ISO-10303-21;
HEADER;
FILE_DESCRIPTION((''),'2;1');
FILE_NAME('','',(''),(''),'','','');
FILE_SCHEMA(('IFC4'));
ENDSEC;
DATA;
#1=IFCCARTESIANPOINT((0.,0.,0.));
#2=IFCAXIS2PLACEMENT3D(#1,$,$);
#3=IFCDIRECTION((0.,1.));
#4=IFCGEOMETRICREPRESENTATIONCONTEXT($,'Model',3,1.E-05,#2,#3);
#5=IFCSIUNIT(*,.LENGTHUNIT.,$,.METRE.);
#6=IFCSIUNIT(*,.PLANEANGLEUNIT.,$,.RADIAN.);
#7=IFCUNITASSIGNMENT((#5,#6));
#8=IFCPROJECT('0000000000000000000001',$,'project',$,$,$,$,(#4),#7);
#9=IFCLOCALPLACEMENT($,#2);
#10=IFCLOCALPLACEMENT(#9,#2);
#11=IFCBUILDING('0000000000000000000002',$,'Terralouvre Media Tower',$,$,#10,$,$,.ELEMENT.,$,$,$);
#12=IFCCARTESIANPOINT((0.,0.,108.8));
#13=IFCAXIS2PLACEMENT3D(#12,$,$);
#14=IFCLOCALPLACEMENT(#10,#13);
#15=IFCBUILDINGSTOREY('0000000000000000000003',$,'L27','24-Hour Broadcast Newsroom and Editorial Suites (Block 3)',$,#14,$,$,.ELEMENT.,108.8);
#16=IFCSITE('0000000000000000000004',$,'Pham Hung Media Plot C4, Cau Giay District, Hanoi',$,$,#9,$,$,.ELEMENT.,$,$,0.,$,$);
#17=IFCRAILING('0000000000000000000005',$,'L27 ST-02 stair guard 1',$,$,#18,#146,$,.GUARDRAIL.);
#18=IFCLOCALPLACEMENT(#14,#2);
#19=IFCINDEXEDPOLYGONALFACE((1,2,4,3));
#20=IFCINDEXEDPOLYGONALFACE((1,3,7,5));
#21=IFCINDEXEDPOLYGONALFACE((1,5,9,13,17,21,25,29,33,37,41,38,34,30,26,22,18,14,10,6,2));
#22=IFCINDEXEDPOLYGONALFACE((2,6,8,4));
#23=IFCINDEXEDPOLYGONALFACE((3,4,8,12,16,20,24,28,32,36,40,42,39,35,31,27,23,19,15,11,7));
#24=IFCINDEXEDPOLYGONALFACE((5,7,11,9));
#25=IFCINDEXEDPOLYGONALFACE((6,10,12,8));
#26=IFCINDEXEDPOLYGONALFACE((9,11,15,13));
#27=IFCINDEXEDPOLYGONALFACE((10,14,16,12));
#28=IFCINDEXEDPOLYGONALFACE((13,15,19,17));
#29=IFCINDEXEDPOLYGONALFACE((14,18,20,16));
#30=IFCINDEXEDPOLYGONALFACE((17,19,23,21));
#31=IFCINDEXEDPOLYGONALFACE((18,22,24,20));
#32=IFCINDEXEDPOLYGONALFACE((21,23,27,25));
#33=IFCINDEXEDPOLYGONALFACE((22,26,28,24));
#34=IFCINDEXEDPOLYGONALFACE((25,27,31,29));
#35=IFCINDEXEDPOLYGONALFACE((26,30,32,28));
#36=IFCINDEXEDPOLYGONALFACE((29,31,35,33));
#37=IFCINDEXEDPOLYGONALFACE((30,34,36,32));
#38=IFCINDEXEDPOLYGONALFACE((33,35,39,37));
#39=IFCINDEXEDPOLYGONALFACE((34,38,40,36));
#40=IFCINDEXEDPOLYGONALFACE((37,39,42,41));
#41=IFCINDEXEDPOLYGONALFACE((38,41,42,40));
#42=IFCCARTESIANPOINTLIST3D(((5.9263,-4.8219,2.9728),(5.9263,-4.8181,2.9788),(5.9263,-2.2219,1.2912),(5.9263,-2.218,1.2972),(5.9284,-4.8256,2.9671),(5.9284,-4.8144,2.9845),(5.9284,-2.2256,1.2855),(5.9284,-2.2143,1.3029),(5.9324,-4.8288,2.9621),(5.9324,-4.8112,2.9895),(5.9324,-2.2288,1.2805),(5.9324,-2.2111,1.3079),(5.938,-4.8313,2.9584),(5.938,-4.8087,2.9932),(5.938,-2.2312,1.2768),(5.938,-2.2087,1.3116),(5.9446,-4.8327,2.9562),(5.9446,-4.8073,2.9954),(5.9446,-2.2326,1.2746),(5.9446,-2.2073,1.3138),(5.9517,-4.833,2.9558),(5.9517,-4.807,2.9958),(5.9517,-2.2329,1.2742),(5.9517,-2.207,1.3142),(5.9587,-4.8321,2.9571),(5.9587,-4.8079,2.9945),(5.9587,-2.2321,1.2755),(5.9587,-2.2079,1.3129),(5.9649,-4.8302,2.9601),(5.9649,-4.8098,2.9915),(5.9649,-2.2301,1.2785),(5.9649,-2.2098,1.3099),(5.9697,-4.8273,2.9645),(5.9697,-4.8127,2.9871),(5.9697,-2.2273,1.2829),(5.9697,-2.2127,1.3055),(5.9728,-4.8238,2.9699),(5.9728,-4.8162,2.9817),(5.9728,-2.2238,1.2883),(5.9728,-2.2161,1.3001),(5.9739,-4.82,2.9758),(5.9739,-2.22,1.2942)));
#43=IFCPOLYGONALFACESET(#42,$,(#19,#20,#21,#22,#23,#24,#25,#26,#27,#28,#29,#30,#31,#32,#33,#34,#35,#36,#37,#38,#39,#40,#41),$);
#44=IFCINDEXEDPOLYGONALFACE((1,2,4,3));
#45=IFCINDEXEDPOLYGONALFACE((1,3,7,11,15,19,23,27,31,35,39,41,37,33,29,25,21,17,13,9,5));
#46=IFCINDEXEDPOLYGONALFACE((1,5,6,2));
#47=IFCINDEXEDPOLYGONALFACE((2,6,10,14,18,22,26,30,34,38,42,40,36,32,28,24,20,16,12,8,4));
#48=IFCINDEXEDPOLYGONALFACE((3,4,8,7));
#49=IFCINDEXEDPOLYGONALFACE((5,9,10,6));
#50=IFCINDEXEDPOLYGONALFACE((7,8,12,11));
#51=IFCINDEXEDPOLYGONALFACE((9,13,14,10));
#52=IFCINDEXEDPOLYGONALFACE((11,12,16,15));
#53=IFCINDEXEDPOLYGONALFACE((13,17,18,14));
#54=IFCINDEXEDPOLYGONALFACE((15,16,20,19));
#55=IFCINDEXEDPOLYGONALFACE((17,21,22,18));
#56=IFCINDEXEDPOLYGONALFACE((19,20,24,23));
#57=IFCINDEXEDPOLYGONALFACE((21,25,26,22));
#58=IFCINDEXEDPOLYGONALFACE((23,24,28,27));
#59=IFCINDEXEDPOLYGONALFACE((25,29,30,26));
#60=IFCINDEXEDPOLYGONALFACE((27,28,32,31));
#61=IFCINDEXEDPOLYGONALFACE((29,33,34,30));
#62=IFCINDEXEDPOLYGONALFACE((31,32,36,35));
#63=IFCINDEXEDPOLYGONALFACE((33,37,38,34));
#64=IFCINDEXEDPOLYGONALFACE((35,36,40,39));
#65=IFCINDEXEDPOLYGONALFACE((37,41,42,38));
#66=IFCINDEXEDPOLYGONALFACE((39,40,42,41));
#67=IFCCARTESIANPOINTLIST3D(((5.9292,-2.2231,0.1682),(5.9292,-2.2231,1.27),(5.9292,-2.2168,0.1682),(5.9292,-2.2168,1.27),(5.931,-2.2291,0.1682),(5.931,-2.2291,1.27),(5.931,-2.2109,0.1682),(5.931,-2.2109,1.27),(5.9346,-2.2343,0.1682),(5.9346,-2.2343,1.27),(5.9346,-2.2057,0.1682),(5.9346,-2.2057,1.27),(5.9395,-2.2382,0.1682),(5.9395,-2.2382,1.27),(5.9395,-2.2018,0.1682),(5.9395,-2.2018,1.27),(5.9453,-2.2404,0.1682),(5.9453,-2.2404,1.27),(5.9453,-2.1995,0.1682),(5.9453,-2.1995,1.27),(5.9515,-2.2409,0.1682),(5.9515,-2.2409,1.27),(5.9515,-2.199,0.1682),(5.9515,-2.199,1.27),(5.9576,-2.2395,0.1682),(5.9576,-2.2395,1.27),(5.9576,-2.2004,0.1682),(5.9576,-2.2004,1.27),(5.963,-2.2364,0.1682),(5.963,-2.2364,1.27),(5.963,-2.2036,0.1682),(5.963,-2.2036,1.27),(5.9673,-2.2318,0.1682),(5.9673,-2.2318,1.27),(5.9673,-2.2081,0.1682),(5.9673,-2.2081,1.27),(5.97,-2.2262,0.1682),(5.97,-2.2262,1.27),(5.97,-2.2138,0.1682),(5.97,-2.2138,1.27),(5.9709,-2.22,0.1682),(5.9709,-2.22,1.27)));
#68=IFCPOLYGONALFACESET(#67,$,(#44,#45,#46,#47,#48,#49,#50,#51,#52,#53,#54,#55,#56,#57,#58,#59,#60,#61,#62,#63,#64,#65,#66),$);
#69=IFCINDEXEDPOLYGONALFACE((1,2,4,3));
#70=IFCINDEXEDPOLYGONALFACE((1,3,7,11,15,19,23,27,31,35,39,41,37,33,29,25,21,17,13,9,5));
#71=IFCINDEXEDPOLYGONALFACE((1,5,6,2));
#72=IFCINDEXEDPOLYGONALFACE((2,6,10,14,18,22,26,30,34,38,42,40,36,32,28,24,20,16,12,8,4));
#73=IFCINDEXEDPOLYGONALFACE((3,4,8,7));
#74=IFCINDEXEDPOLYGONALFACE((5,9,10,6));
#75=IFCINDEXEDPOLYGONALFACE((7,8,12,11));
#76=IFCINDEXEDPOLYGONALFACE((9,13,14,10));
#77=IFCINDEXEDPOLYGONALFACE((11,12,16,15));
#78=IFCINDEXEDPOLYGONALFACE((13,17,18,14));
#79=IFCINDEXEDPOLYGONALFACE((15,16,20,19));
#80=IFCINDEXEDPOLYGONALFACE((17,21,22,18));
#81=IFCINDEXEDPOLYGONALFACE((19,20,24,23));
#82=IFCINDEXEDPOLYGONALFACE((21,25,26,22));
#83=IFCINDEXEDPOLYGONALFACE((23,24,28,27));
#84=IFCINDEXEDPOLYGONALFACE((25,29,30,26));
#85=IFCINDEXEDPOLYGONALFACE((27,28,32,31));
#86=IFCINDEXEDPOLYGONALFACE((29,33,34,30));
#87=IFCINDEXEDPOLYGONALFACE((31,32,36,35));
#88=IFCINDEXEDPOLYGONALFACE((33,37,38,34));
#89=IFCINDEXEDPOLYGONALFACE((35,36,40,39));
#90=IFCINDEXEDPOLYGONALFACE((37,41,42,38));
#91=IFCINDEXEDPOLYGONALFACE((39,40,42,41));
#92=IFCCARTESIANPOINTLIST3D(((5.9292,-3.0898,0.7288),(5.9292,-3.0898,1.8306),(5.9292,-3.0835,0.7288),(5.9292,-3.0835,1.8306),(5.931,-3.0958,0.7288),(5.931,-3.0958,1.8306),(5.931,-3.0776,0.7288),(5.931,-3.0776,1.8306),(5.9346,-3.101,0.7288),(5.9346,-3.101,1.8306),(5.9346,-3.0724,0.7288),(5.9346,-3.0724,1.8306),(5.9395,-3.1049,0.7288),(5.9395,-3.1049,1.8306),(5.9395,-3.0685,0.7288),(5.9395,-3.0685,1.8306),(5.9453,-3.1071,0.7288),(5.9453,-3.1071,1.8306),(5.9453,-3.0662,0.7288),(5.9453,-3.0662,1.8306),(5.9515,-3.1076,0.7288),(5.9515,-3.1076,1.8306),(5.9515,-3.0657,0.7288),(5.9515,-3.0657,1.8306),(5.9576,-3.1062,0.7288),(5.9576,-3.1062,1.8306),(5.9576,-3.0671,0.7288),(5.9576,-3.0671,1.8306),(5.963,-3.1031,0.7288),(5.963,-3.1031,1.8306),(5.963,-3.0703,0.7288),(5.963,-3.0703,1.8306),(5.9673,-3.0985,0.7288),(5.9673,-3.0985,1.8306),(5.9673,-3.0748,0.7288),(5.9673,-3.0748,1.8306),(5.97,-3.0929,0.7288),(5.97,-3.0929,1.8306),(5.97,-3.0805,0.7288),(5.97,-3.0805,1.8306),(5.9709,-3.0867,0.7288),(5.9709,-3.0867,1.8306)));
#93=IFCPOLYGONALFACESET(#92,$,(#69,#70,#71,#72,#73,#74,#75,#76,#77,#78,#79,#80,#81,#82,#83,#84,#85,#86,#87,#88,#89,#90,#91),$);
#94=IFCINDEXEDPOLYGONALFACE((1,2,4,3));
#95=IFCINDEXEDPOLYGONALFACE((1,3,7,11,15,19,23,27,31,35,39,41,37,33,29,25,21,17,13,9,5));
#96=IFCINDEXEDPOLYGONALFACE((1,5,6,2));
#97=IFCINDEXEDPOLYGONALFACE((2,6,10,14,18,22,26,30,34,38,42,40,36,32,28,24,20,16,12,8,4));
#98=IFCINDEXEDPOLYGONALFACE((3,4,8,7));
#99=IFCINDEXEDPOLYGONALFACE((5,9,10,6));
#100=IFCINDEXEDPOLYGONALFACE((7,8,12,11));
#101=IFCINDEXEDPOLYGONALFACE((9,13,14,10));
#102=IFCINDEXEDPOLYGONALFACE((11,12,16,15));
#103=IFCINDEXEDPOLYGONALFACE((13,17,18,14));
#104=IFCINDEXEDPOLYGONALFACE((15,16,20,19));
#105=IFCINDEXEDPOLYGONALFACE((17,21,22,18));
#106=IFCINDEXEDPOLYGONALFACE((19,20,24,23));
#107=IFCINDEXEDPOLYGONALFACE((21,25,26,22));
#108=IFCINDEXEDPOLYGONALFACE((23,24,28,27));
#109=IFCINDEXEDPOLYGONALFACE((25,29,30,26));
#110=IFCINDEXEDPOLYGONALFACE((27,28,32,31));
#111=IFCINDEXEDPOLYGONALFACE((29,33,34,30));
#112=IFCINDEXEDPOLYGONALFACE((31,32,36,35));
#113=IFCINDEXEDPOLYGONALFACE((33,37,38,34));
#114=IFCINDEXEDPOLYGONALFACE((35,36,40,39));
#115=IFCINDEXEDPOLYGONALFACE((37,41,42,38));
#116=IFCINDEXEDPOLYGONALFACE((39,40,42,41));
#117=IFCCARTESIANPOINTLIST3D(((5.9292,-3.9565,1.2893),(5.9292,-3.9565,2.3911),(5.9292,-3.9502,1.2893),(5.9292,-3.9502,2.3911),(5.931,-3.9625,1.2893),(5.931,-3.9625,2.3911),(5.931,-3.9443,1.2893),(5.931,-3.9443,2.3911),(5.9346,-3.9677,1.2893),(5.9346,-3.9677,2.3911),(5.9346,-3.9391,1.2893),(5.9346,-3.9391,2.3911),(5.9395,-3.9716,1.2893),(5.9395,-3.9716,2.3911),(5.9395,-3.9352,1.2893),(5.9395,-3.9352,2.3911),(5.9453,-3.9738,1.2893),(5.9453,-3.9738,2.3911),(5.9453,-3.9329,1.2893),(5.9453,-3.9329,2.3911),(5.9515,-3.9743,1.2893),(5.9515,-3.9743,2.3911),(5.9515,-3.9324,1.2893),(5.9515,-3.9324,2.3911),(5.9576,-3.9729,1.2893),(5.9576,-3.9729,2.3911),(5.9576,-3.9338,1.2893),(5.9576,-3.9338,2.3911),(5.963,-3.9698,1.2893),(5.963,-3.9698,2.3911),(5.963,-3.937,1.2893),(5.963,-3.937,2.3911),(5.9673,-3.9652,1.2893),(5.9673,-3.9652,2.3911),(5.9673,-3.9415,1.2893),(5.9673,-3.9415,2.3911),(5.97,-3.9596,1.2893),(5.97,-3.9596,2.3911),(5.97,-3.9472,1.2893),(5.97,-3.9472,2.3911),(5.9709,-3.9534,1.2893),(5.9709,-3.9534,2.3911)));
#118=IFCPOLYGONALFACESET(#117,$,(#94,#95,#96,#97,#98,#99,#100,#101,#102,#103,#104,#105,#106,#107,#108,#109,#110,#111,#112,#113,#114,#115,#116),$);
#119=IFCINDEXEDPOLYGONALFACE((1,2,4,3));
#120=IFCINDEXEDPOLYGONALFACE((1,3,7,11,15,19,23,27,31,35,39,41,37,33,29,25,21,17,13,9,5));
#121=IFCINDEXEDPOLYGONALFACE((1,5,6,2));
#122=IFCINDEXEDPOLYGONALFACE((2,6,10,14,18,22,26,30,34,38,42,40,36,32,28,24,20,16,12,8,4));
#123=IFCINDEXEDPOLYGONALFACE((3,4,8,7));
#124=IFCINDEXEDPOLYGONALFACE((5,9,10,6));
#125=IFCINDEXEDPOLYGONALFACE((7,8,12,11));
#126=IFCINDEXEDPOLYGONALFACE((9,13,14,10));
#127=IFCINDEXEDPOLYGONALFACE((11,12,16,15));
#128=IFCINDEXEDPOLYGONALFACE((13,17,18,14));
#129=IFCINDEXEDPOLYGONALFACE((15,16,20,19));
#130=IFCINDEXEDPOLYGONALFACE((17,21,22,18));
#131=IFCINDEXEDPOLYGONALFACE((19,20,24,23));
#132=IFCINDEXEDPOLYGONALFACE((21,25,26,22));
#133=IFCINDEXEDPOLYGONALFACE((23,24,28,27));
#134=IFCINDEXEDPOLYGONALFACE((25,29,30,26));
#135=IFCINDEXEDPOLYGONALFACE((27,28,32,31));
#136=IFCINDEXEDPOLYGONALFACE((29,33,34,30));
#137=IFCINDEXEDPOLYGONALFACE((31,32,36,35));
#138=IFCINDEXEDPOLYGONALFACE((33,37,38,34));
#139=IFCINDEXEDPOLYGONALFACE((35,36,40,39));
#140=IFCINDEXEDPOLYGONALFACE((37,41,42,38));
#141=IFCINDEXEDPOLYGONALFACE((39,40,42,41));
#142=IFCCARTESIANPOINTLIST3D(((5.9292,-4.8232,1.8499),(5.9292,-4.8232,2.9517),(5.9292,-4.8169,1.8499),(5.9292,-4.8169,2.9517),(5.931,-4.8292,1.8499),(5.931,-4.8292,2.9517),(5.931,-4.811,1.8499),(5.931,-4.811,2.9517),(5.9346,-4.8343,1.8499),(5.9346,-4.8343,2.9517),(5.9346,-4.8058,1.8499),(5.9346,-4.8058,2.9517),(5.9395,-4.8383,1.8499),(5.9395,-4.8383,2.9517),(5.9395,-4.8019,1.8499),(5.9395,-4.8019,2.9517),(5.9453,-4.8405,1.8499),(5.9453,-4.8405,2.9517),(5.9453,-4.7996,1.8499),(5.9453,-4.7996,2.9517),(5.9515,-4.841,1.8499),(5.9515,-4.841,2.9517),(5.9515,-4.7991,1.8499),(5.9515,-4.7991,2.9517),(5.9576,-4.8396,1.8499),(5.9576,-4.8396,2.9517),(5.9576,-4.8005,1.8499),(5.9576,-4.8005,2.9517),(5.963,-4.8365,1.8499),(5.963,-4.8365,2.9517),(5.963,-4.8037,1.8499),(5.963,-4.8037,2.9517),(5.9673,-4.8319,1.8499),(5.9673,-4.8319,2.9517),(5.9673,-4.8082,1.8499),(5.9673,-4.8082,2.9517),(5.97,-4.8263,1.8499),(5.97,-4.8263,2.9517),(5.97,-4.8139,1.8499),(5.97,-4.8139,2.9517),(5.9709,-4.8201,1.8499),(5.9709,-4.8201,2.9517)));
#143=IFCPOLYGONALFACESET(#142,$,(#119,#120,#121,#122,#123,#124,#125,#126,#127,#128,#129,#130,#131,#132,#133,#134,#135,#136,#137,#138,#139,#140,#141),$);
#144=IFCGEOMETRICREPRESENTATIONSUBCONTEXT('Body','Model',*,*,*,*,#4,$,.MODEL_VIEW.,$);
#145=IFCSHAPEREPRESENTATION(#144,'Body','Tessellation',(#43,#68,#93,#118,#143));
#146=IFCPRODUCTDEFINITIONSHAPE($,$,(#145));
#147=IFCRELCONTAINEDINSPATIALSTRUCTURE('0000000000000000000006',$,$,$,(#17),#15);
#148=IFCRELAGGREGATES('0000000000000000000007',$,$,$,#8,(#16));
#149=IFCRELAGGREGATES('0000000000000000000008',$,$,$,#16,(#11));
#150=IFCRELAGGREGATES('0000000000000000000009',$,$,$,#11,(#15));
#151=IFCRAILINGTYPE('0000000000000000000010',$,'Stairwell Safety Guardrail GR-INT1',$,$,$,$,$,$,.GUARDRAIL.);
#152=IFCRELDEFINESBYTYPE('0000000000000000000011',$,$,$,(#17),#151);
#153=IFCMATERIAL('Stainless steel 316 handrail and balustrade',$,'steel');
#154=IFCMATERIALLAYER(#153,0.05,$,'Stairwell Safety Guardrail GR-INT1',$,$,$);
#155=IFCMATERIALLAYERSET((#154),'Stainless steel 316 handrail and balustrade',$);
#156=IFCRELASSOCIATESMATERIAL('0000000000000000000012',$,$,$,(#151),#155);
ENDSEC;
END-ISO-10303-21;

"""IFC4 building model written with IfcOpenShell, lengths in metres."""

from ifc_helpers import new_model, si_unit, direction, frame, origin, origin_2d, place, context, subcontext, project, spatial, circle, extrude, material, layer, layer_set, type_object, element, save


model = new_model("IFC4")

# Units and contexts
model_context = context("Model", 3, precision=1e-05, world=origin(), true_north=direction((0.0, 1.0)))
body_context = subcontext(model_context, "Body", "Model", "MODEL_VIEW")
ifc_project = project(units=[si_unit("LENGTHUNIT", "METRE"), si_unit("PLANEANGLEUNIT", "RADIAN")], contexts=[model_context])

# Site, building, storey
site_placement = place(None, origin())
site = spatial("IfcSite", under=ifc_project, at=site_placement, Name="Pham Hung Media Plot C4, Cau Giay District, Hanoi", CompositionType="ELEMENT", RefElevation=0.0)
building_placement = place(site_placement, origin())
building = spatial("IfcBuilding", under=site, at=building_placement, Name="Terralouvre Media Tower", CompositionType="ELEMENT")
storey_placement = place(building_placement, frame((0.0, 0.0, 108.8)))
storey = spatial("IfcBuildingStorey", under=building, at=storey_placement, Name="L27", Description="24-Hour Broadcast Newsroom and Editorial Suites (Block 3)", CompositionType="ELEMENT", Elevation=108.8)

# Railing
ifc_material_1 = material(Name="Stainless steel 316 handrail and balustrade", Category="steel")
ifc_layer_1 = layer(ifc_material_1, 0.05, Name="Stairwell Safety Guardrail GR-INT1")
ifc_layer_set_1 = layer_set([ifc_layer_1], Name="Stainless steel 316 handrail and balustrade")
railing_type_1 = type_object("IfcRailingType", Name="Stairwell Safety Guardrail GR-INT1", PredefinedType="GUARDRAIL", material=ifc_layer_set_1)
railing_1_placement = place(storey_placement, frame((5.95, -2.22, 0.1682)))
element("IfcRailing", 1, at=railing_1_placement, inside=storey, type_object=railing_type_1, Name="L27 ST-02 stair guard 1", PredefinedType="GUARDRAIL", context=body_context, shape_type="SweptSolid", body=[
    extrude(circle(Radius=0.0239, at=origin_2d()), frame((0.0, 0.0, 1.126), z_axis=(0.0, -0.839684, 0.543075), x_axis=(1.0, 0.0, 0.0)), (0.0, 0.0, 1.0), 3.0964),
    extrude(circle(Radius=0.021, at=origin_2d()), origin(), (0.0, 0.0, 1.0), 1.1018),
    extrude(circle(Radius=0.021, at=origin_2d()), frame((0.0, -0.8667, 0.5605)), (0.0, 0.0, 1.0), 1.1018),
    extrude(circle(Radius=0.021, at=origin_2d()), frame((0.0, -1.7334, 1.1211)), (0.0, 0.0, 1.0), 1.1018),
    extrude(circle(Radius=0.021, at=origin_2d()), frame((0.0, -2.6001, 1.6816)), (0.0, 0.0, 1.0), 1.1018),
])

save(model, "model.ifc")
